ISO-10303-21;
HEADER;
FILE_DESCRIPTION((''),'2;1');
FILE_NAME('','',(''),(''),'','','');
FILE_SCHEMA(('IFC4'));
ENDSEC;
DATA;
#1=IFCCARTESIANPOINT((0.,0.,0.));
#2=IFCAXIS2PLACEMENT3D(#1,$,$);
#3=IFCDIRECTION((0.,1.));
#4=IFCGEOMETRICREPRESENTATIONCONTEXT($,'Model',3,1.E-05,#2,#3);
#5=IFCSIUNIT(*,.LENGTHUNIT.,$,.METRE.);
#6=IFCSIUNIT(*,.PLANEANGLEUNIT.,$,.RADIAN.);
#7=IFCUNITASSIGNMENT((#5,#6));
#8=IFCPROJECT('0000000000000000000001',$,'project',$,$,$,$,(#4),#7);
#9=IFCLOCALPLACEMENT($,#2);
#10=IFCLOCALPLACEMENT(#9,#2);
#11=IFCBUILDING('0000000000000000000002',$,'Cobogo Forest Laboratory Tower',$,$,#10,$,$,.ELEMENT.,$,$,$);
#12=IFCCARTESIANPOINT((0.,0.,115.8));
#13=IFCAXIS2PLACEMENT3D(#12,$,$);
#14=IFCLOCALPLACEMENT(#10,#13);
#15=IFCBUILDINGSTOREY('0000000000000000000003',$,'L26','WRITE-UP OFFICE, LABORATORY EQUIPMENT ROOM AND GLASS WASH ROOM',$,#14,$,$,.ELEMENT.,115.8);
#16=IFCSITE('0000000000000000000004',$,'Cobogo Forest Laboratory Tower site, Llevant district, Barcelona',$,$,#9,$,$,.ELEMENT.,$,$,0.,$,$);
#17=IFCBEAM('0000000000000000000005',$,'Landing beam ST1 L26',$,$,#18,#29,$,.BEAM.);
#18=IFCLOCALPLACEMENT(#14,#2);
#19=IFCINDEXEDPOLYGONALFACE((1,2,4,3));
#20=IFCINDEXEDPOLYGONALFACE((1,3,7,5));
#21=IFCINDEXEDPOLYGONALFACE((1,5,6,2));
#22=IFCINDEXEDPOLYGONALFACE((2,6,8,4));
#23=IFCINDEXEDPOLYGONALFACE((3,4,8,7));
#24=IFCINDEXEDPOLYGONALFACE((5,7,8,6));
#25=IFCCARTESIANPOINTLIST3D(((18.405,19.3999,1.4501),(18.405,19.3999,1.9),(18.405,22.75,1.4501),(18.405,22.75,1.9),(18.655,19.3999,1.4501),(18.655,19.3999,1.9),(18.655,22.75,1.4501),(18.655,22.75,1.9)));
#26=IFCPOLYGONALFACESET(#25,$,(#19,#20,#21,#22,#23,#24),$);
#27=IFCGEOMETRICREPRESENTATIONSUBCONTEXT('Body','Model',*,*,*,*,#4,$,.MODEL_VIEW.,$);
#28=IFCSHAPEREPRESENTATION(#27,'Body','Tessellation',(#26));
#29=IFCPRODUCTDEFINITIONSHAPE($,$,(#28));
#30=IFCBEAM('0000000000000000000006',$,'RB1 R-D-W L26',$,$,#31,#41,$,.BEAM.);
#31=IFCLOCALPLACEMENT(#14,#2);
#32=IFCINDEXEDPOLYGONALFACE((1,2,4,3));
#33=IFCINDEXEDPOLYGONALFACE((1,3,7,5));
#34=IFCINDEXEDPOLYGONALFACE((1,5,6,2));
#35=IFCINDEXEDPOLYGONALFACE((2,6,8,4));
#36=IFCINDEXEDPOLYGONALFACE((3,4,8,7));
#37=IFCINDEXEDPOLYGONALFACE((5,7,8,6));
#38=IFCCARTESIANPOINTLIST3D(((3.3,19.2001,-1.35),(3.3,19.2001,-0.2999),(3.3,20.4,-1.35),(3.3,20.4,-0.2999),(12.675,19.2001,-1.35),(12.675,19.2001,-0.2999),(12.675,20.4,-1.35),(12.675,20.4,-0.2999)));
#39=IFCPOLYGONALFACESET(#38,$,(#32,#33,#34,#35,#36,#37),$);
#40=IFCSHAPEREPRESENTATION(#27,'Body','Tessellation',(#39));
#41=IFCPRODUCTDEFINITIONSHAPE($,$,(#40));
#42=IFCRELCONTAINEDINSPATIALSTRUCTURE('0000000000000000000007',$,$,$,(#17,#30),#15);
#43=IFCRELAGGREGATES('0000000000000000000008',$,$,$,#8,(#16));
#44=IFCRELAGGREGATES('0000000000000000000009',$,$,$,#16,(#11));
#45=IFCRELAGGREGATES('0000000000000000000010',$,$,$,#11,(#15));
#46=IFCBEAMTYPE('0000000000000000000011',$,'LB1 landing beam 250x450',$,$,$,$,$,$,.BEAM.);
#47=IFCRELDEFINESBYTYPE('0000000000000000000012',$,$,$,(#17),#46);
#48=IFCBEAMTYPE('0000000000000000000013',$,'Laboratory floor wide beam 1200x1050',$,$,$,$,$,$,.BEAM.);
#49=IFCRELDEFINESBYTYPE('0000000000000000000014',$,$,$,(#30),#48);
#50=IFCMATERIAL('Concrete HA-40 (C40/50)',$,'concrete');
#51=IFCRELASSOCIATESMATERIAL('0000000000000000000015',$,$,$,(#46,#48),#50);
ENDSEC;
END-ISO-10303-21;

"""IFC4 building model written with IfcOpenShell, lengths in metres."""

from ifc_helpers import new_model, si_unit, direction, frame, origin, origin_2d, place, context, subcontext, project, spatial, rectangle, extrude, material, material_profile, profile_set, type_object, element, save


model = new_model("IFC4")

# Units and contexts
model_context = context("Model", 3, precision=1e-05, world=origin(), true_north=direction((0.0, 1.0)))
body_context = subcontext(model_context, "Body", "Model", "MODEL_VIEW")
ifc_project = project(units=[si_unit("LENGTHUNIT", "METRE"), si_unit("PLANEANGLEUNIT", "RADIAN")], contexts=[model_context])

# Site, building, storey
site_placement = place(None, origin())
site = spatial("IfcSite", under=ifc_project, at=site_placement, Name="Cobogo Forest Laboratory Tower site, Llevant district, Barcelona", CompositionType="ELEMENT", RefElevation=0.0)
building_placement = place(site_placement, origin())
building = spatial("IfcBuilding", under=site, at=building_placement, Name="Cobogo Forest Laboratory Tower", CompositionType="ELEMENT")
storey_placement = place(building_placement, frame((0.0, 0.0, 115.8)))
storey = spatial("IfcBuildingStorey", under=building, at=storey_placement, Name="L26", Description="WRITE-UP OFFICE, LABORATORY EQUIPMENT ROOM AND GLASS WASH ROOM", CompositionType="ELEMENT", Elevation=115.8)

# Beams
ifc_material_1 = material(Name="Concrete HA-40 (C40/50)", Category="concrete")
ifc_material_profile_1 = material_profile(ifc_material_1, rectangle(XDim=0.25, YDim=0.45, at=origin_2d()), Name="RC 250x450")
ifc_profile_set_1 = profile_set([ifc_material_profile_1], Name="Concrete HA-40 (C40/50)")
beam_type_1 = type_object("IfcBeamType", Name="LB1 landing beam 250x450", PredefinedType="BEAM", material=ifc_profile_set_1)
beam_1_placement = place(storey_placement, frame((18.53, 19.3999, 1.675), z_axis=(0.0, 1.0, 0.0), x_axis=(-1.0, 0.0, 0.0)))
element("IfcBeam", 1, at=beam_1_placement, inside=storey, type_object=beam_type_1, Name="Landing beam ST1 L26", PredefinedType="BEAM", context=body_context, shape_type="SweptSolid", body=[
    extrude(rectangle(XDim=0.25, YDim=0.45, at=origin_2d()), origin(), (0.0, 0.0, 1.0), 3.3501),
])
ifc_material_profile_2 = material_profile(ifc_material_1, rectangle(XDim=1.2, YDim=1.05, at=origin_2d()), Name="RC 1200x1050")
ifc_profile_set_2 = profile_set([ifc_material_profile_2], Name="Concrete HA-40 (C40/50)")
beam_type_2 = type_object("IfcBeamType", Name="Laboratory floor wide beam 1200x1050", PredefinedType="BEAM", material=ifc_profile_set_2)
beam_2_placement = place(storey_placement, frame((12.675, 19.8, -0.825), z_axis=(-1.0, 0.0, 0.0), x_axis=(0.0, -1.0, 0.0)))
element("IfcBeam", 2, at=beam_2_placement, inside=storey, type_object=beam_type_2, Name="RB1 R-D-W L26", PredefinedType="BEAM", context=body_context, shape_type="SweptSolid", body=[
    extrude(rectangle(XDim=1.2, YDim=1.05, at=origin_2d()), origin(), (0.0, 0.0, 1.0), 9.375),
])

save(model, "model.ifc")
